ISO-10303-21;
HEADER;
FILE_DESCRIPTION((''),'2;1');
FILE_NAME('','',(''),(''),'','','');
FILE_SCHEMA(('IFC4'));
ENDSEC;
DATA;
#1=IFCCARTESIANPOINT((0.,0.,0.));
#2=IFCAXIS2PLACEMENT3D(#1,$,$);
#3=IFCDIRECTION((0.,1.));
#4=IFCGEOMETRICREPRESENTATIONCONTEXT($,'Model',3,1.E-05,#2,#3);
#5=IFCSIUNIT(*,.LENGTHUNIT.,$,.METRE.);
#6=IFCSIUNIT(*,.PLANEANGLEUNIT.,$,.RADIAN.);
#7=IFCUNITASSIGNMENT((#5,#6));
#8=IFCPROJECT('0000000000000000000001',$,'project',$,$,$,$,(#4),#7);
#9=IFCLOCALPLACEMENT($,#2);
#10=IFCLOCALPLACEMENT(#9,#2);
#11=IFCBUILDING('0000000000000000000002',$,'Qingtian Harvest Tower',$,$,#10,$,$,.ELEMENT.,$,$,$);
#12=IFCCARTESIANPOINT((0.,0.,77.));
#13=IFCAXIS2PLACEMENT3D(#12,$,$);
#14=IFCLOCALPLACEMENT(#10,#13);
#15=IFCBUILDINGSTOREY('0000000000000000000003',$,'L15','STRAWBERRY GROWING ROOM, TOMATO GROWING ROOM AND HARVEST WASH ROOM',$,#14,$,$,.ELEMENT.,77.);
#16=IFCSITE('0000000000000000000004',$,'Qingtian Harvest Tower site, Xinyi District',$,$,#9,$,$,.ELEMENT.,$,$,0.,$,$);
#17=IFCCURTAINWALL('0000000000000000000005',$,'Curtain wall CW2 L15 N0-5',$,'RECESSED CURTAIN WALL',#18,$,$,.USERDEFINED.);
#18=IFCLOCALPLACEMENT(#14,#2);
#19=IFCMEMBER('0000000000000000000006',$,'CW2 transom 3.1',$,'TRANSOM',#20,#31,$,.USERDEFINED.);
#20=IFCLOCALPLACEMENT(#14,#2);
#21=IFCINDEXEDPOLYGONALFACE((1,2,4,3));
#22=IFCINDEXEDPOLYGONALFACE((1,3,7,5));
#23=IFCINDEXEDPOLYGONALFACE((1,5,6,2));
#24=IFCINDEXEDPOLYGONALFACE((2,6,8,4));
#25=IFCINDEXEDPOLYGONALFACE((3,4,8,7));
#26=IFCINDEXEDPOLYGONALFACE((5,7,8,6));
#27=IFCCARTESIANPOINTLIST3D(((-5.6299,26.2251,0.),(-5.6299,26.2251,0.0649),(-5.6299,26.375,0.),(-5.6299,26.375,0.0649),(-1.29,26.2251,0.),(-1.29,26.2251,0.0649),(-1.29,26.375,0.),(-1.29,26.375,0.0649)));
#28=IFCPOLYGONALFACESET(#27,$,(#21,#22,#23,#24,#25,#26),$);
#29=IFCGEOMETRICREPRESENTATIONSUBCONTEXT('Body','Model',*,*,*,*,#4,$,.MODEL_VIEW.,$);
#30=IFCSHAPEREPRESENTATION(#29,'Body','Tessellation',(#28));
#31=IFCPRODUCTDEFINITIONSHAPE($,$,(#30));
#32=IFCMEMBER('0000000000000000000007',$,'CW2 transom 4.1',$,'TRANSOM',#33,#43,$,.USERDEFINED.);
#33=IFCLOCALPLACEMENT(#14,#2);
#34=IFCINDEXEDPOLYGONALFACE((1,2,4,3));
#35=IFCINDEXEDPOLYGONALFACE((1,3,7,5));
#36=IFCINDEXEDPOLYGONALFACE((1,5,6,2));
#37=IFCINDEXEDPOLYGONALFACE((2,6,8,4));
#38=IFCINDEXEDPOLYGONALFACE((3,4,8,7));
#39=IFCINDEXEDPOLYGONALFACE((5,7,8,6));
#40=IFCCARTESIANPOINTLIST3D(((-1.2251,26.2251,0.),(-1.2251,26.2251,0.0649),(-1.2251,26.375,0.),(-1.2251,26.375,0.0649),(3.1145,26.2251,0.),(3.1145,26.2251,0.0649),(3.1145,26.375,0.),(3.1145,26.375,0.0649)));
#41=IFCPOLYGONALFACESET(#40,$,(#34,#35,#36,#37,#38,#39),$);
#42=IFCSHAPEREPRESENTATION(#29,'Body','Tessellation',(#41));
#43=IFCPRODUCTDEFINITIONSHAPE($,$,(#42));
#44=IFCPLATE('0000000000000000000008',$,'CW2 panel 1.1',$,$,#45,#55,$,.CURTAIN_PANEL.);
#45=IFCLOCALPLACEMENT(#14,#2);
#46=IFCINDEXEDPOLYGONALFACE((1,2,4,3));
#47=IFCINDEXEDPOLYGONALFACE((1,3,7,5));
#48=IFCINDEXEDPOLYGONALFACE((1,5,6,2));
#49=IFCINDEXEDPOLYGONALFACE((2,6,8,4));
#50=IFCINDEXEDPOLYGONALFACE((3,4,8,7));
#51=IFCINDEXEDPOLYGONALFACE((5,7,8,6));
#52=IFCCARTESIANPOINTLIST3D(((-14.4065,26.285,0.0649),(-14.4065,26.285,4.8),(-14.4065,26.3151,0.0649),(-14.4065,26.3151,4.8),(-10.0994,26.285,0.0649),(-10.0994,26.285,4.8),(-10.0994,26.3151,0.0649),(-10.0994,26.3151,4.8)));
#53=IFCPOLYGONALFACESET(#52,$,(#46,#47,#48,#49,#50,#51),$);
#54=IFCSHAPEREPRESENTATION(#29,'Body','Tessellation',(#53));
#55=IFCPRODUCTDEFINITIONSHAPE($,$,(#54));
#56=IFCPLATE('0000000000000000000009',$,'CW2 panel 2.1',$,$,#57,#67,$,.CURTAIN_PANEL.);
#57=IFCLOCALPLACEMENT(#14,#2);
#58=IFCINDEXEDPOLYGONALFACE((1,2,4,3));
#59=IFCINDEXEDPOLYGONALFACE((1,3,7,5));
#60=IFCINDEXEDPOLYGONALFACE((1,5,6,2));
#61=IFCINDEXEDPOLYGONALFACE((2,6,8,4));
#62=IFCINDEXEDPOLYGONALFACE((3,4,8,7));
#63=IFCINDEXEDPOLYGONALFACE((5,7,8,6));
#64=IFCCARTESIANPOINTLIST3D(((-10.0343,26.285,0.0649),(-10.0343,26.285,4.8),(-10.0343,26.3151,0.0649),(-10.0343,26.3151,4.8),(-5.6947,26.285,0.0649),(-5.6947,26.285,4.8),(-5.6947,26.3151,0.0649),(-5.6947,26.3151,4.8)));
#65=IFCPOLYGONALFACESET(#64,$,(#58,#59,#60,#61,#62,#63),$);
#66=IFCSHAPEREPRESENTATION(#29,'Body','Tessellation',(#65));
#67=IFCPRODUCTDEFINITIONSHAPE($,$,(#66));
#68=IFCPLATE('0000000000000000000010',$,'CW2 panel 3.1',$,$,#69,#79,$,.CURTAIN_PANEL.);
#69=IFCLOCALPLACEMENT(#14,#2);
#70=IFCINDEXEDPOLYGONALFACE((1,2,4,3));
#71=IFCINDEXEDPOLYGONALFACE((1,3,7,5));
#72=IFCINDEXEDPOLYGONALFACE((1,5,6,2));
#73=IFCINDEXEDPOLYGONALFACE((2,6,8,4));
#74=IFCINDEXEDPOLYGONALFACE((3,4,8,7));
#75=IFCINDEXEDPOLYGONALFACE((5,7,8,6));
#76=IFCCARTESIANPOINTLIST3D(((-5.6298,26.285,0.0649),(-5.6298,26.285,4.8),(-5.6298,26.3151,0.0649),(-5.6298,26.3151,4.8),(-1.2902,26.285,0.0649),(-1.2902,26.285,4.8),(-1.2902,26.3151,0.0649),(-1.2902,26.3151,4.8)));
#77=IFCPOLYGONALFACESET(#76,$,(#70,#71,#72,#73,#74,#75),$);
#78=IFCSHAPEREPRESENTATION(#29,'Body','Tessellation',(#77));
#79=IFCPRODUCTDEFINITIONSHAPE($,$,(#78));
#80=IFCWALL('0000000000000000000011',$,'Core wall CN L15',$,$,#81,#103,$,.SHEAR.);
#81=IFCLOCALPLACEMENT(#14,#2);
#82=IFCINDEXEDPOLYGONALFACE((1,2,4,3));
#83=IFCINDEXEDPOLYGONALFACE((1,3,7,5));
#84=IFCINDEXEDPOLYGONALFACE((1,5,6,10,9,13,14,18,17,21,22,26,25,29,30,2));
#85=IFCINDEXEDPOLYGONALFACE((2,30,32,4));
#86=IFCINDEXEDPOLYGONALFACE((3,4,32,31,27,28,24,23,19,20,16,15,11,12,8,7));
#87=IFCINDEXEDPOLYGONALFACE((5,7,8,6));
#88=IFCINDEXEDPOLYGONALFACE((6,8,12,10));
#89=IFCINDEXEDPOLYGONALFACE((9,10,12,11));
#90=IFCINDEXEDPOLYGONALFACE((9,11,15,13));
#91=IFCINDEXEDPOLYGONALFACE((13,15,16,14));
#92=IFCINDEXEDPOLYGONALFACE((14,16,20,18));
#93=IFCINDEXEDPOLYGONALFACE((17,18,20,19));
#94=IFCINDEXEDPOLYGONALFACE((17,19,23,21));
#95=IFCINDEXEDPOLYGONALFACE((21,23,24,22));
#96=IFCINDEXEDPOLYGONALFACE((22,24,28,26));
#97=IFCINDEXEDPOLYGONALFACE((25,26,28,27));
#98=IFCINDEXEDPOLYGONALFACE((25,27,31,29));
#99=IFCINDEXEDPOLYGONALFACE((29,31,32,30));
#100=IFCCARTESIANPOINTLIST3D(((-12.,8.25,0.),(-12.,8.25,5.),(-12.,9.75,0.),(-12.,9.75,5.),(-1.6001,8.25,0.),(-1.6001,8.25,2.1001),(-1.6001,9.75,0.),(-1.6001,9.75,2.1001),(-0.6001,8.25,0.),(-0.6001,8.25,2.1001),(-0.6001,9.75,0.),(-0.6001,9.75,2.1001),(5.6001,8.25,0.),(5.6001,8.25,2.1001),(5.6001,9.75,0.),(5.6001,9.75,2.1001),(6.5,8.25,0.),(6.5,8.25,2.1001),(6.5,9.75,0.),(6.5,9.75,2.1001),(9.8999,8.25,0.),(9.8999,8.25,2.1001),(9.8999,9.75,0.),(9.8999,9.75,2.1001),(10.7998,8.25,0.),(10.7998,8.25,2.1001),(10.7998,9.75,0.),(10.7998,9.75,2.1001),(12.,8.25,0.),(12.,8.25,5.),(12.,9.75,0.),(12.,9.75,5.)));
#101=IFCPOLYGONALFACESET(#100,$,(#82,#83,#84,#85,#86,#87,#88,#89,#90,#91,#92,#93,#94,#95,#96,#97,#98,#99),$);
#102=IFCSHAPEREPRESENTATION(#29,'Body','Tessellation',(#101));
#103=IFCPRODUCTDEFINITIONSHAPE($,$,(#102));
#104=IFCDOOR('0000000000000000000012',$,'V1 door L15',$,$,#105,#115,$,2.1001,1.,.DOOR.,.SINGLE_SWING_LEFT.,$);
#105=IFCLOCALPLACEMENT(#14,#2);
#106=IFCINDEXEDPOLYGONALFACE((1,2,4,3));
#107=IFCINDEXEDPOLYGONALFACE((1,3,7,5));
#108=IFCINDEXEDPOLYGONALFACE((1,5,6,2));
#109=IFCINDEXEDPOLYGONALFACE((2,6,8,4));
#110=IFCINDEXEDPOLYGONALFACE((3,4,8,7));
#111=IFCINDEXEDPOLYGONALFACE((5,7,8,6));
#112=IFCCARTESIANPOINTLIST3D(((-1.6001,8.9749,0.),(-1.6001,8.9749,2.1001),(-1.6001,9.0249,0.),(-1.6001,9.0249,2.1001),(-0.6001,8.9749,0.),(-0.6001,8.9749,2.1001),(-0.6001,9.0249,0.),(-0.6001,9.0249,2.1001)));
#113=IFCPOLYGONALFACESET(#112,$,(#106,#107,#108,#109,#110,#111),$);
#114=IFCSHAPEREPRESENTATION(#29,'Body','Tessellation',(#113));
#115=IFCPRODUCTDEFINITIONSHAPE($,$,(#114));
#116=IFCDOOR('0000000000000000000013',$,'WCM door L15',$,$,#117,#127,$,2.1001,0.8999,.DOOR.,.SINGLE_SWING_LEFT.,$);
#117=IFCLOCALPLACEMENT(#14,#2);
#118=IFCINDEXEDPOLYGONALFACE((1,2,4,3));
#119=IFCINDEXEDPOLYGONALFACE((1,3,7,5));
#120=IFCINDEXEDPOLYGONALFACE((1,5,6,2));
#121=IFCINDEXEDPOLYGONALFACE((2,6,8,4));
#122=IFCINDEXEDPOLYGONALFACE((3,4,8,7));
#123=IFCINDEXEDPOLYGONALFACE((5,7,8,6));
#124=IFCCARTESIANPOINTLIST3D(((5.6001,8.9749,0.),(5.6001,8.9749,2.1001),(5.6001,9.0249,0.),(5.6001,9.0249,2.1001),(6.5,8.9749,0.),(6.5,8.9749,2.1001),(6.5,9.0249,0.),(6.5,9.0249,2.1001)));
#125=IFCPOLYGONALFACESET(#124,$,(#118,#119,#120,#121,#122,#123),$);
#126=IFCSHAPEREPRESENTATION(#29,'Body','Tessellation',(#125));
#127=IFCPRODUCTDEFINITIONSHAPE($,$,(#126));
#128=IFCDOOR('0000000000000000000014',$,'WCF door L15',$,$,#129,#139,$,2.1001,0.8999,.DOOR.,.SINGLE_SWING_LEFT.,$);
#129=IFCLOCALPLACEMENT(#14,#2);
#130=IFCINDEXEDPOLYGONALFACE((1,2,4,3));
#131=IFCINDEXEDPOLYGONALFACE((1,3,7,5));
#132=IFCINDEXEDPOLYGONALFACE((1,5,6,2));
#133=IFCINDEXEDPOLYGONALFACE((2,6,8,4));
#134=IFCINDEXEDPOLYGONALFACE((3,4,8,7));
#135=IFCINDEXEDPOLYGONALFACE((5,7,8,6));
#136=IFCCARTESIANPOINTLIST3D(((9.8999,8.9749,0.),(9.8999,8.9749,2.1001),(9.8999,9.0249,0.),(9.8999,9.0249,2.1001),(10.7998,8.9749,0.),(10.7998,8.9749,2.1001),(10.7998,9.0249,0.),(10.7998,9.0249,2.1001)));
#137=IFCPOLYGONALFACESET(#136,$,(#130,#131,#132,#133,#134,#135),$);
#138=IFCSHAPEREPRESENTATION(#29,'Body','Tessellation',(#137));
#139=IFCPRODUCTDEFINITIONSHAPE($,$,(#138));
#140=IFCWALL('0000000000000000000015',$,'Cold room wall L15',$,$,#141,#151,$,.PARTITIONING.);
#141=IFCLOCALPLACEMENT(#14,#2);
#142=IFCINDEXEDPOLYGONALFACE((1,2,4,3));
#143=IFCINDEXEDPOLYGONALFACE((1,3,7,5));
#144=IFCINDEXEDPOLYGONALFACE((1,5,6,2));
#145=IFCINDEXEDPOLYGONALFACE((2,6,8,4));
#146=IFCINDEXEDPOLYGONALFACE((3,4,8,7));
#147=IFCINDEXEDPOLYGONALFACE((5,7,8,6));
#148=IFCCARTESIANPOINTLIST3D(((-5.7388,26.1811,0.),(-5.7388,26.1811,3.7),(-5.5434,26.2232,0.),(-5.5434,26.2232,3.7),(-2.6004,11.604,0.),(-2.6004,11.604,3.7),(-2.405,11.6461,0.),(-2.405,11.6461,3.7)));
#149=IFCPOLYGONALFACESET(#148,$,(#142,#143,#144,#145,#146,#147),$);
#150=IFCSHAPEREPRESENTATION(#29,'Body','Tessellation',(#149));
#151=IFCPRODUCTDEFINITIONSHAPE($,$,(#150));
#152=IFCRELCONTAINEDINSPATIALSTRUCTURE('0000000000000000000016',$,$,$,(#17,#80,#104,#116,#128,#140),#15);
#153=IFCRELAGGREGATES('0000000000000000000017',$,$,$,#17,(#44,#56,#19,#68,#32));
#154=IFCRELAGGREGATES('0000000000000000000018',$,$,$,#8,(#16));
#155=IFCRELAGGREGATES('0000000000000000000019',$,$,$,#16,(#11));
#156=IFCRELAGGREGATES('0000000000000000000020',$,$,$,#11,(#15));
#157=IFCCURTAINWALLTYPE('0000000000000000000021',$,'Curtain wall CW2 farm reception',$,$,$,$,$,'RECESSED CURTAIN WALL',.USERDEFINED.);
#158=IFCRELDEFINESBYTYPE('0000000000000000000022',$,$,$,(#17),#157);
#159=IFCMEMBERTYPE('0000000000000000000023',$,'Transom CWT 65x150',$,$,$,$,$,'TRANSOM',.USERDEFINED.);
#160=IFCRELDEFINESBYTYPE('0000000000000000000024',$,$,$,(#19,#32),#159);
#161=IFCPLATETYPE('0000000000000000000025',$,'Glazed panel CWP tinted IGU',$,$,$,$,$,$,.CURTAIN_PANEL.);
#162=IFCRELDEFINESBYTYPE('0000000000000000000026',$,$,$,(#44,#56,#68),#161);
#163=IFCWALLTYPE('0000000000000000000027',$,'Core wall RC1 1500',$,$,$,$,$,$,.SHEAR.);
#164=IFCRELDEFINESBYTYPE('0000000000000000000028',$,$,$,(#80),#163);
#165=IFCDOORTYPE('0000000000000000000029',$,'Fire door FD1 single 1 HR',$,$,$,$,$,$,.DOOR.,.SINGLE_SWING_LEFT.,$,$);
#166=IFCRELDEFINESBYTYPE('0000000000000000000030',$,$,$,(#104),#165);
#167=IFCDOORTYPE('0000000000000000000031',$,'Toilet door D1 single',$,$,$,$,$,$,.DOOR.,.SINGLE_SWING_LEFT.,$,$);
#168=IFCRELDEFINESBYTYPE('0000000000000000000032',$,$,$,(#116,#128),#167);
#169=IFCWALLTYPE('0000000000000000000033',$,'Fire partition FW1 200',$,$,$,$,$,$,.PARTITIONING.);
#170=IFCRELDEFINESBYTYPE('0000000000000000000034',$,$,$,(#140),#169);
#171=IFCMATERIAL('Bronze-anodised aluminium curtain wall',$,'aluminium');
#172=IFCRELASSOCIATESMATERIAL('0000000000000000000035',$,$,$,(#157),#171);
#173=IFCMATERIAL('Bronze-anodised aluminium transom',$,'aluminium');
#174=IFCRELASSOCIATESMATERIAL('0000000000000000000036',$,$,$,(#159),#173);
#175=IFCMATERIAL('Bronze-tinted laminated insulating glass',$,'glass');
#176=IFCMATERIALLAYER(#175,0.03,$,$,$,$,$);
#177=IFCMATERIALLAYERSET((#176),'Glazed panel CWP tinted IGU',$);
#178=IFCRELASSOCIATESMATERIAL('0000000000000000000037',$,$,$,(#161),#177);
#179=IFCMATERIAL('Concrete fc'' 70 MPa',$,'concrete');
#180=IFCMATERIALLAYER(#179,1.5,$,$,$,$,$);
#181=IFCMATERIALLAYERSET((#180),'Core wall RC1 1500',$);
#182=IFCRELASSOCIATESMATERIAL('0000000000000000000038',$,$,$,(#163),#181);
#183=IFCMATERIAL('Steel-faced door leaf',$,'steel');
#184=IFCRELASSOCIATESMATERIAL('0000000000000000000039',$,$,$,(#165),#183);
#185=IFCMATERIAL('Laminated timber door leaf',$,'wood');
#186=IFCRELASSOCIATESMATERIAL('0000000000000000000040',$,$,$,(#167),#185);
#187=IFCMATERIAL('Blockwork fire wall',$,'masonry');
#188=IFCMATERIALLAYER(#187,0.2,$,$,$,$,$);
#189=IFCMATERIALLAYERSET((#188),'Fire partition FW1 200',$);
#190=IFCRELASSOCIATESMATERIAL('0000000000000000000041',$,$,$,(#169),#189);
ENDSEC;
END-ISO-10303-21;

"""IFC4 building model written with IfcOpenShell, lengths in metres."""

from ifc_helpers import new_model, si_unit, direction, frame, frame_2d, origin, origin_2d, place, context, subcontext, project, spatial, rectangle, extrude, material, layer, layer_set, material_profile, profile_set, type_object, element, fill, aggregate, save


model = new_model("IFC4")

# Units and contexts
model_context = context("Model", 3, precision=1e-05, world=origin(), true_north=direction((0.0, 1.0)))
body_context = subcontext(model_context, "Body", "Model", "MODEL_VIEW")
ifc_project = project(units=[si_unit("LENGTHUNIT", "METRE"), si_unit("PLANEANGLEUNIT", "RADIAN")], contexts=[model_context])

# Site, building, storey
site_placement = place(None, origin())
site = spatial("IfcSite", under=ifc_project, at=site_placement, Name="Qingtian Harvest Tower site, Xinyi District", CompositionType="ELEMENT", RefElevation=0.0)
building_placement = place(site_placement, origin())
building = spatial("IfcBuilding", under=site, at=building_placement, Name="Qingtian Harvest Tower", CompositionType="ELEMENT")
storey_placement = place(building_placement, frame((0.0, 0.0, 77.0)))
storey = spatial("IfcBuildingStorey", under=building, at=storey_placement, Name="L15", Description="STRAWBERRY GROWING ROOM, TOMATO GROWING ROOM AND HARVEST WASH ROOM", CompositionType="ELEMENT", Elevation=77.0)

# Curtain wall
ifc_material_1 = material(Name="Bronze-anodised aluminium curtain wall", Category="aluminium")
curtain_wall_type = type_object("IfcCurtainWallType", Name="Curtain wall CW2 farm reception", ElementType="RECESSED CURTAIN WALL", PredefinedType="USERDEFINED", material=ifc_material_1)
curtain_wall_placement = place(storey_placement, origin())
curtain_wall = element("IfcCurtainWall", 1, at=curtain_wall_placement, inside=storey, type_object=curtain_wall_type, Name="Curtain wall CW2 L15 N0-5", ObjectType="RECESSED CURTAIN WALL", PredefinedType="USERDEFINED")

# Members
ifc_material_2 = material(Name="Bronze-anodised aluminium transom", Category="aluminium")
ifc_material_profile_1 = material_profile(ifc_material_2, rectangle(XDim=0.1499, YDim=0.0649, at=origin_2d()), Name="AL 65x150")
ifc_profile_set_1 = profile_set([ifc_material_profile_1], Name="Bronze-anodised aluminium transom")
member_type_1 = type_object("IfcMemberType", Name="Transom CWT 65x150", ElementType="TRANSOM", PredefinedType="USERDEFINED", material=ifc_profile_set_1)
member_1_placement = place(storey_placement, frame((-5.6299, 26.3, 0.0325), z_axis=(1.0, 0.0, 0.0), x_axis=(0.0, 1.0, 0.0)))
member_1 = element("IfcMember", 2, at=member_1_placement, type_object=member_type_1, Name="CW2 transom 3.1", ObjectType="TRANSOM", PredefinedType="USERDEFINED", context=body_context, shape_type="SweptSolid", body=[
    extrude(rectangle(XDim=0.1499, YDim=0.0649, at=origin_2d()), origin(), (0.0, 0.0, 1.0), 4.3398),
])
member_2_placement = place(storey_placement, frame((-1.2251, 26.3, 0.0325), z_axis=(1.0, 0.0, 0.0), x_axis=(0.0, 1.0, 0.0)))
member_2 = element("IfcMember", 3, at=member_2_placement, type_object=member_type_1, Name="CW2 transom 4.1", ObjectType="TRANSOM", PredefinedType="USERDEFINED", context=body_context, shape_type="SweptSolid", body=[
    extrude(rectangle(XDim=0.1499, YDim=0.0649, at=origin_2d()), origin(), (0.0, 0.0, 1.0), 4.3396),
])

# Plates
ifc_material_3 = material(Name="Bronze-tinted laminated insulating glass", Category="glass")
ifc_layer_1 = layer(ifc_material_3, 0.03)
ifc_layer_set_1 = layer_set([ifc_layer_1], Name="Glazed panel CWP tinted IGU")
plate_type = type_object("IfcPlateType", Name="Glazed panel CWP tinted IGU", PredefinedType="CURTAIN_PANEL", material=ifc_layer_set_1)
plate_1_placement = place(storey_placement, frame((-12.2529, 26.3, 0.0649), z_axis=(0.0, 0.0, 1.0), x_axis=(1.0, 0.0, 0.0)))
plate_1 = element("IfcPlate", 4, at=plate_1_placement, type_object=plate_type, Name="CW2 panel 1.1", PredefinedType="CURTAIN_PANEL", context=body_context, shape_type="SweptSolid", body=[
    extrude(rectangle(XDim=4.3071, YDim=0.03, at=origin_2d()), origin(), (0.0, 0.0, 1.0), 4.7351),
])
plate_2_placement = place(storey_placement, frame((-7.8645, 26.3, 0.0649), z_axis=(0.0, 0.0, 1.0), x_axis=(1.0, 0.0, 0.0)))
plate_2 = element("IfcPlate", 5, at=plate_2_placement, type_object=plate_type, Name="CW2 panel 2.1", PredefinedType="CURTAIN_PANEL", context=body_context, shape_type="SweptSolid", body=[
    extrude(rectangle(XDim=4.3396, YDim=0.03, at=origin_2d()), origin(), (0.0, 0.0, 1.0), 4.7351),
])
plate_3_placement = place(storey_placement, frame((-3.46, 26.3, 0.0649), z_axis=(0.0, 0.0, 1.0), x_axis=(1.0, 0.0, 0.0)))
plate_3 = element("IfcPlate", 6, at=plate_3_placement, type_object=plate_type, Name="CW2 panel 3.1", PredefinedType="CURTAIN_PANEL", context=body_context, shape_type="SweptSolid", body=[
    extrude(rectangle(XDim=4.3396, YDim=0.03, at=origin_2d()), origin(), (0.0, 0.0, 1.0), 4.7351),
])
aggregate(curtain_wall, [plate_1, plate_2, member_1, plate_3, member_2])

# Wall, openings, doors
ifc_material_4 = material(Name="Concrete fc' 70 MPa", Category="concrete")
ifc_layer_2 = layer(ifc_material_4, 1.5)
ifc_layer_set_2 = layer_set([ifc_layer_2], Name="Core wall RC1 1500")
wall_type_1 = type_object("IfcWallType", Name="Core wall RC1 1500", PredefinedType="SHEAR", material=ifc_layer_set_2)
wall_1_placement = place(storey_placement, frame((-12.0, 9.0, 0.0), z_axis=(0.0, 0.0, 1.0), x_axis=(1.0, 0.0, 0.0)))
wall_1 = element("IfcWall", 7, at=wall_1_placement, inside=storey, type_object=wall_type_1, Name="Core wall CN L15", PredefinedType="SHEAR", context=body_context, shape_type="SweptSolid", body=[
    extrude(rectangle(XDim=24.0, YDim=1.5, at=frame_2d((12.0, 0.0))), origin(), (0.0, 0.0, 1.0), 5.0),
])
opening_1_placement = place(wall_1_placement, frame((10.3999, 0.0, 0.0)))
opening_1 = element("IfcOpeningElement", 8, at=opening_1_placement, cuts=wall_1, PredefinedType="OPENING", context=body_context, shape_type="SweptSolid", body=[
    extrude(rectangle(XDim=1.0, YDim=2.1001, at=frame_2d((0.5, 1.05))), frame((0.0, 0.76, 0.0), z_axis=(0.0, -1.0, 0.0), x_axis=(1.0, 0.0, 0.0)), (0.0, 0.0, 1.0), 1.52),
])
opening_2_placement = place(wall_1_placement, frame((17.6001, 0.0, 0.0)))
opening_2 = element("IfcOpeningElement", 9, at=opening_2_placement, cuts=wall_1, PredefinedType="OPENING", context=body_context, shape_type="SweptSolid", body=[
    extrude(rectangle(XDim=0.8999, YDim=2.1001, at=frame_2d((0.45, 1.05))), frame((0.0, 0.76, 0.0), z_axis=(0.0, -1.0, 0.0), x_axis=(1.0, 0.0, 0.0)), (0.0, 0.0, 1.0), 1.52),
])
opening_3_placement = place(wall_1_placement, frame((21.8999, 0.0, 0.0)))
opening_3 = element("IfcOpeningElement", 10, at=opening_3_placement, cuts=wall_1, PredefinedType="OPENING", context=body_context, shape_type="SweptSolid", body=[
    extrude(rectangle(XDim=0.8999, YDim=2.1001, at=frame_2d((0.45, 1.05))), frame((0.0, 0.76, 0.0), z_axis=(0.0, -1.0, 0.0), x_axis=(1.0, 0.0, 0.0)), (0.0, 0.0, 1.0), 1.52),
])
ifc_material_5 = material(Name="Steel-faced door leaf", Category="steel")
door_type_1 = type_object("IfcDoorType", Name="Fire door FD1 single 1 HR", OperationType="SINGLE_SWING_LEFT", PredefinedType="DOOR", material=ifc_material_5)
door_1_placement = place(opening_1_placement, origin())
door_1 = element("IfcDoor", 11, at=door_1_placement, inside=storey, type_object=door_type_1, Name="V1 door L15", OperationType="SINGLE_SWING_LEFT", OverallHeight=2.1001, OverallWidth=1.0, PredefinedType="DOOR", context=body_context, shape_type="SweptSolid", body=[
    extrude(rectangle(XDim=1.0, YDim=2.1001, at=frame_2d((0.5, 1.05))), frame((0.0, 0.0249, 0.0), z_axis=(0.0, -1.0, 0.0), x_axis=(1.0, 0.0, 0.0)), (0.0, 0.0, 1.0), 0.05),
])
fill(opening_1, door_1)
ifc_material_6 = material(Name="Laminated timber door leaf", Category="wood")
door_type_2 = type_object("IfcDoorType", Name="Toilet door D1 single", OperationType="SINGLE_SWING_LEFT", PredefinedType="DOOR", material=ifc_material_6)
door_2_placement = place(opening_2_placement, origin())
door_2 = element("IfcDoor", 12, at=door_2_placement, inside=storey, type_object=door_type_2, Name="WCM door L15", OperationType="SINGLE_SWING_LEFT", OverallHeight=2.1001, OverallWidth=0.8999, PredefinedType="DOOR", context=body_context, shape_type="SweptSolid", body=[
    extrude(rectangle(XDim=0.8999, YDim=2.1001, at=frame_2d((0.45, 1.05))), frame((0.0, 0.0249, 0.0), z_axis=(0.0, -1.0, 0.0), x_axis=(1.0, 0.0, 0.0)), (0.0, 0.0, 1.0), 0.05),
])
fill(opening_2, door_2)
door_3_placement = place(opening_3_placement, origin())
door_3 = element("IfcDoor", 13, at=door_3_placement, inside=storey, type_object=door_type_2, Name="WCF door L15", OperationType="SINGLE_SWING_LEFT", OverallHeight=2.1001, OverallWidth=0.8999, PredefinedType="DOOR", context=body_context, shape_type="SweptSolid", body=[
    extrude(rectangle(XDim=0.8999, YDim=2.1001, at=frame_2d((0.45, 1.05))), frame((0.0, 0.0249, 0.0), z_axis=(0.0, -1.0, 0.0), x_axis=(1.0, 0.0, 0.0)), (0.0, 0.0, 1.0), 0.05),
])
fill(opening_3, door_3)

# Wall
ifc_material_7 = material(Name="Blockwork fire wall", Category="masonry")
ifc_layer_3 = layer(ifc_material_7, 0.2)
ifc_layer_set_3 = layer_set([ifc_layer_3], Name="Fire partition FW1 200")
wall_type_2 = type_object("IfcWallType", Name="Fire partition FW1 200", PredefinedType="PARTITIONING", material=ifc_layer_set_3)
wall_2_placement = place(storey_placement, frame((-5.6411, 26.2021, 0.0), z_axis=(0.0, 0.0, 1.0), x_axis=(0.210475, -0.977599, 0.0)))
element("IfcWall", 14, at=wall_2_placement, inside=storey, type_object=wall_type_2, Name="Cold room wall L15", PredefinedType="PARTITIONING", context=body_context, shape_type="SweptSolid", body=[
    extrude(rectangle(XDim=14.9111, YDim=0.2, at=frame_2d((7.4556, 0.0))), origin(), (0.0, 0.0, 1.0), 3.7),
])

save(model, "model.ifc")
